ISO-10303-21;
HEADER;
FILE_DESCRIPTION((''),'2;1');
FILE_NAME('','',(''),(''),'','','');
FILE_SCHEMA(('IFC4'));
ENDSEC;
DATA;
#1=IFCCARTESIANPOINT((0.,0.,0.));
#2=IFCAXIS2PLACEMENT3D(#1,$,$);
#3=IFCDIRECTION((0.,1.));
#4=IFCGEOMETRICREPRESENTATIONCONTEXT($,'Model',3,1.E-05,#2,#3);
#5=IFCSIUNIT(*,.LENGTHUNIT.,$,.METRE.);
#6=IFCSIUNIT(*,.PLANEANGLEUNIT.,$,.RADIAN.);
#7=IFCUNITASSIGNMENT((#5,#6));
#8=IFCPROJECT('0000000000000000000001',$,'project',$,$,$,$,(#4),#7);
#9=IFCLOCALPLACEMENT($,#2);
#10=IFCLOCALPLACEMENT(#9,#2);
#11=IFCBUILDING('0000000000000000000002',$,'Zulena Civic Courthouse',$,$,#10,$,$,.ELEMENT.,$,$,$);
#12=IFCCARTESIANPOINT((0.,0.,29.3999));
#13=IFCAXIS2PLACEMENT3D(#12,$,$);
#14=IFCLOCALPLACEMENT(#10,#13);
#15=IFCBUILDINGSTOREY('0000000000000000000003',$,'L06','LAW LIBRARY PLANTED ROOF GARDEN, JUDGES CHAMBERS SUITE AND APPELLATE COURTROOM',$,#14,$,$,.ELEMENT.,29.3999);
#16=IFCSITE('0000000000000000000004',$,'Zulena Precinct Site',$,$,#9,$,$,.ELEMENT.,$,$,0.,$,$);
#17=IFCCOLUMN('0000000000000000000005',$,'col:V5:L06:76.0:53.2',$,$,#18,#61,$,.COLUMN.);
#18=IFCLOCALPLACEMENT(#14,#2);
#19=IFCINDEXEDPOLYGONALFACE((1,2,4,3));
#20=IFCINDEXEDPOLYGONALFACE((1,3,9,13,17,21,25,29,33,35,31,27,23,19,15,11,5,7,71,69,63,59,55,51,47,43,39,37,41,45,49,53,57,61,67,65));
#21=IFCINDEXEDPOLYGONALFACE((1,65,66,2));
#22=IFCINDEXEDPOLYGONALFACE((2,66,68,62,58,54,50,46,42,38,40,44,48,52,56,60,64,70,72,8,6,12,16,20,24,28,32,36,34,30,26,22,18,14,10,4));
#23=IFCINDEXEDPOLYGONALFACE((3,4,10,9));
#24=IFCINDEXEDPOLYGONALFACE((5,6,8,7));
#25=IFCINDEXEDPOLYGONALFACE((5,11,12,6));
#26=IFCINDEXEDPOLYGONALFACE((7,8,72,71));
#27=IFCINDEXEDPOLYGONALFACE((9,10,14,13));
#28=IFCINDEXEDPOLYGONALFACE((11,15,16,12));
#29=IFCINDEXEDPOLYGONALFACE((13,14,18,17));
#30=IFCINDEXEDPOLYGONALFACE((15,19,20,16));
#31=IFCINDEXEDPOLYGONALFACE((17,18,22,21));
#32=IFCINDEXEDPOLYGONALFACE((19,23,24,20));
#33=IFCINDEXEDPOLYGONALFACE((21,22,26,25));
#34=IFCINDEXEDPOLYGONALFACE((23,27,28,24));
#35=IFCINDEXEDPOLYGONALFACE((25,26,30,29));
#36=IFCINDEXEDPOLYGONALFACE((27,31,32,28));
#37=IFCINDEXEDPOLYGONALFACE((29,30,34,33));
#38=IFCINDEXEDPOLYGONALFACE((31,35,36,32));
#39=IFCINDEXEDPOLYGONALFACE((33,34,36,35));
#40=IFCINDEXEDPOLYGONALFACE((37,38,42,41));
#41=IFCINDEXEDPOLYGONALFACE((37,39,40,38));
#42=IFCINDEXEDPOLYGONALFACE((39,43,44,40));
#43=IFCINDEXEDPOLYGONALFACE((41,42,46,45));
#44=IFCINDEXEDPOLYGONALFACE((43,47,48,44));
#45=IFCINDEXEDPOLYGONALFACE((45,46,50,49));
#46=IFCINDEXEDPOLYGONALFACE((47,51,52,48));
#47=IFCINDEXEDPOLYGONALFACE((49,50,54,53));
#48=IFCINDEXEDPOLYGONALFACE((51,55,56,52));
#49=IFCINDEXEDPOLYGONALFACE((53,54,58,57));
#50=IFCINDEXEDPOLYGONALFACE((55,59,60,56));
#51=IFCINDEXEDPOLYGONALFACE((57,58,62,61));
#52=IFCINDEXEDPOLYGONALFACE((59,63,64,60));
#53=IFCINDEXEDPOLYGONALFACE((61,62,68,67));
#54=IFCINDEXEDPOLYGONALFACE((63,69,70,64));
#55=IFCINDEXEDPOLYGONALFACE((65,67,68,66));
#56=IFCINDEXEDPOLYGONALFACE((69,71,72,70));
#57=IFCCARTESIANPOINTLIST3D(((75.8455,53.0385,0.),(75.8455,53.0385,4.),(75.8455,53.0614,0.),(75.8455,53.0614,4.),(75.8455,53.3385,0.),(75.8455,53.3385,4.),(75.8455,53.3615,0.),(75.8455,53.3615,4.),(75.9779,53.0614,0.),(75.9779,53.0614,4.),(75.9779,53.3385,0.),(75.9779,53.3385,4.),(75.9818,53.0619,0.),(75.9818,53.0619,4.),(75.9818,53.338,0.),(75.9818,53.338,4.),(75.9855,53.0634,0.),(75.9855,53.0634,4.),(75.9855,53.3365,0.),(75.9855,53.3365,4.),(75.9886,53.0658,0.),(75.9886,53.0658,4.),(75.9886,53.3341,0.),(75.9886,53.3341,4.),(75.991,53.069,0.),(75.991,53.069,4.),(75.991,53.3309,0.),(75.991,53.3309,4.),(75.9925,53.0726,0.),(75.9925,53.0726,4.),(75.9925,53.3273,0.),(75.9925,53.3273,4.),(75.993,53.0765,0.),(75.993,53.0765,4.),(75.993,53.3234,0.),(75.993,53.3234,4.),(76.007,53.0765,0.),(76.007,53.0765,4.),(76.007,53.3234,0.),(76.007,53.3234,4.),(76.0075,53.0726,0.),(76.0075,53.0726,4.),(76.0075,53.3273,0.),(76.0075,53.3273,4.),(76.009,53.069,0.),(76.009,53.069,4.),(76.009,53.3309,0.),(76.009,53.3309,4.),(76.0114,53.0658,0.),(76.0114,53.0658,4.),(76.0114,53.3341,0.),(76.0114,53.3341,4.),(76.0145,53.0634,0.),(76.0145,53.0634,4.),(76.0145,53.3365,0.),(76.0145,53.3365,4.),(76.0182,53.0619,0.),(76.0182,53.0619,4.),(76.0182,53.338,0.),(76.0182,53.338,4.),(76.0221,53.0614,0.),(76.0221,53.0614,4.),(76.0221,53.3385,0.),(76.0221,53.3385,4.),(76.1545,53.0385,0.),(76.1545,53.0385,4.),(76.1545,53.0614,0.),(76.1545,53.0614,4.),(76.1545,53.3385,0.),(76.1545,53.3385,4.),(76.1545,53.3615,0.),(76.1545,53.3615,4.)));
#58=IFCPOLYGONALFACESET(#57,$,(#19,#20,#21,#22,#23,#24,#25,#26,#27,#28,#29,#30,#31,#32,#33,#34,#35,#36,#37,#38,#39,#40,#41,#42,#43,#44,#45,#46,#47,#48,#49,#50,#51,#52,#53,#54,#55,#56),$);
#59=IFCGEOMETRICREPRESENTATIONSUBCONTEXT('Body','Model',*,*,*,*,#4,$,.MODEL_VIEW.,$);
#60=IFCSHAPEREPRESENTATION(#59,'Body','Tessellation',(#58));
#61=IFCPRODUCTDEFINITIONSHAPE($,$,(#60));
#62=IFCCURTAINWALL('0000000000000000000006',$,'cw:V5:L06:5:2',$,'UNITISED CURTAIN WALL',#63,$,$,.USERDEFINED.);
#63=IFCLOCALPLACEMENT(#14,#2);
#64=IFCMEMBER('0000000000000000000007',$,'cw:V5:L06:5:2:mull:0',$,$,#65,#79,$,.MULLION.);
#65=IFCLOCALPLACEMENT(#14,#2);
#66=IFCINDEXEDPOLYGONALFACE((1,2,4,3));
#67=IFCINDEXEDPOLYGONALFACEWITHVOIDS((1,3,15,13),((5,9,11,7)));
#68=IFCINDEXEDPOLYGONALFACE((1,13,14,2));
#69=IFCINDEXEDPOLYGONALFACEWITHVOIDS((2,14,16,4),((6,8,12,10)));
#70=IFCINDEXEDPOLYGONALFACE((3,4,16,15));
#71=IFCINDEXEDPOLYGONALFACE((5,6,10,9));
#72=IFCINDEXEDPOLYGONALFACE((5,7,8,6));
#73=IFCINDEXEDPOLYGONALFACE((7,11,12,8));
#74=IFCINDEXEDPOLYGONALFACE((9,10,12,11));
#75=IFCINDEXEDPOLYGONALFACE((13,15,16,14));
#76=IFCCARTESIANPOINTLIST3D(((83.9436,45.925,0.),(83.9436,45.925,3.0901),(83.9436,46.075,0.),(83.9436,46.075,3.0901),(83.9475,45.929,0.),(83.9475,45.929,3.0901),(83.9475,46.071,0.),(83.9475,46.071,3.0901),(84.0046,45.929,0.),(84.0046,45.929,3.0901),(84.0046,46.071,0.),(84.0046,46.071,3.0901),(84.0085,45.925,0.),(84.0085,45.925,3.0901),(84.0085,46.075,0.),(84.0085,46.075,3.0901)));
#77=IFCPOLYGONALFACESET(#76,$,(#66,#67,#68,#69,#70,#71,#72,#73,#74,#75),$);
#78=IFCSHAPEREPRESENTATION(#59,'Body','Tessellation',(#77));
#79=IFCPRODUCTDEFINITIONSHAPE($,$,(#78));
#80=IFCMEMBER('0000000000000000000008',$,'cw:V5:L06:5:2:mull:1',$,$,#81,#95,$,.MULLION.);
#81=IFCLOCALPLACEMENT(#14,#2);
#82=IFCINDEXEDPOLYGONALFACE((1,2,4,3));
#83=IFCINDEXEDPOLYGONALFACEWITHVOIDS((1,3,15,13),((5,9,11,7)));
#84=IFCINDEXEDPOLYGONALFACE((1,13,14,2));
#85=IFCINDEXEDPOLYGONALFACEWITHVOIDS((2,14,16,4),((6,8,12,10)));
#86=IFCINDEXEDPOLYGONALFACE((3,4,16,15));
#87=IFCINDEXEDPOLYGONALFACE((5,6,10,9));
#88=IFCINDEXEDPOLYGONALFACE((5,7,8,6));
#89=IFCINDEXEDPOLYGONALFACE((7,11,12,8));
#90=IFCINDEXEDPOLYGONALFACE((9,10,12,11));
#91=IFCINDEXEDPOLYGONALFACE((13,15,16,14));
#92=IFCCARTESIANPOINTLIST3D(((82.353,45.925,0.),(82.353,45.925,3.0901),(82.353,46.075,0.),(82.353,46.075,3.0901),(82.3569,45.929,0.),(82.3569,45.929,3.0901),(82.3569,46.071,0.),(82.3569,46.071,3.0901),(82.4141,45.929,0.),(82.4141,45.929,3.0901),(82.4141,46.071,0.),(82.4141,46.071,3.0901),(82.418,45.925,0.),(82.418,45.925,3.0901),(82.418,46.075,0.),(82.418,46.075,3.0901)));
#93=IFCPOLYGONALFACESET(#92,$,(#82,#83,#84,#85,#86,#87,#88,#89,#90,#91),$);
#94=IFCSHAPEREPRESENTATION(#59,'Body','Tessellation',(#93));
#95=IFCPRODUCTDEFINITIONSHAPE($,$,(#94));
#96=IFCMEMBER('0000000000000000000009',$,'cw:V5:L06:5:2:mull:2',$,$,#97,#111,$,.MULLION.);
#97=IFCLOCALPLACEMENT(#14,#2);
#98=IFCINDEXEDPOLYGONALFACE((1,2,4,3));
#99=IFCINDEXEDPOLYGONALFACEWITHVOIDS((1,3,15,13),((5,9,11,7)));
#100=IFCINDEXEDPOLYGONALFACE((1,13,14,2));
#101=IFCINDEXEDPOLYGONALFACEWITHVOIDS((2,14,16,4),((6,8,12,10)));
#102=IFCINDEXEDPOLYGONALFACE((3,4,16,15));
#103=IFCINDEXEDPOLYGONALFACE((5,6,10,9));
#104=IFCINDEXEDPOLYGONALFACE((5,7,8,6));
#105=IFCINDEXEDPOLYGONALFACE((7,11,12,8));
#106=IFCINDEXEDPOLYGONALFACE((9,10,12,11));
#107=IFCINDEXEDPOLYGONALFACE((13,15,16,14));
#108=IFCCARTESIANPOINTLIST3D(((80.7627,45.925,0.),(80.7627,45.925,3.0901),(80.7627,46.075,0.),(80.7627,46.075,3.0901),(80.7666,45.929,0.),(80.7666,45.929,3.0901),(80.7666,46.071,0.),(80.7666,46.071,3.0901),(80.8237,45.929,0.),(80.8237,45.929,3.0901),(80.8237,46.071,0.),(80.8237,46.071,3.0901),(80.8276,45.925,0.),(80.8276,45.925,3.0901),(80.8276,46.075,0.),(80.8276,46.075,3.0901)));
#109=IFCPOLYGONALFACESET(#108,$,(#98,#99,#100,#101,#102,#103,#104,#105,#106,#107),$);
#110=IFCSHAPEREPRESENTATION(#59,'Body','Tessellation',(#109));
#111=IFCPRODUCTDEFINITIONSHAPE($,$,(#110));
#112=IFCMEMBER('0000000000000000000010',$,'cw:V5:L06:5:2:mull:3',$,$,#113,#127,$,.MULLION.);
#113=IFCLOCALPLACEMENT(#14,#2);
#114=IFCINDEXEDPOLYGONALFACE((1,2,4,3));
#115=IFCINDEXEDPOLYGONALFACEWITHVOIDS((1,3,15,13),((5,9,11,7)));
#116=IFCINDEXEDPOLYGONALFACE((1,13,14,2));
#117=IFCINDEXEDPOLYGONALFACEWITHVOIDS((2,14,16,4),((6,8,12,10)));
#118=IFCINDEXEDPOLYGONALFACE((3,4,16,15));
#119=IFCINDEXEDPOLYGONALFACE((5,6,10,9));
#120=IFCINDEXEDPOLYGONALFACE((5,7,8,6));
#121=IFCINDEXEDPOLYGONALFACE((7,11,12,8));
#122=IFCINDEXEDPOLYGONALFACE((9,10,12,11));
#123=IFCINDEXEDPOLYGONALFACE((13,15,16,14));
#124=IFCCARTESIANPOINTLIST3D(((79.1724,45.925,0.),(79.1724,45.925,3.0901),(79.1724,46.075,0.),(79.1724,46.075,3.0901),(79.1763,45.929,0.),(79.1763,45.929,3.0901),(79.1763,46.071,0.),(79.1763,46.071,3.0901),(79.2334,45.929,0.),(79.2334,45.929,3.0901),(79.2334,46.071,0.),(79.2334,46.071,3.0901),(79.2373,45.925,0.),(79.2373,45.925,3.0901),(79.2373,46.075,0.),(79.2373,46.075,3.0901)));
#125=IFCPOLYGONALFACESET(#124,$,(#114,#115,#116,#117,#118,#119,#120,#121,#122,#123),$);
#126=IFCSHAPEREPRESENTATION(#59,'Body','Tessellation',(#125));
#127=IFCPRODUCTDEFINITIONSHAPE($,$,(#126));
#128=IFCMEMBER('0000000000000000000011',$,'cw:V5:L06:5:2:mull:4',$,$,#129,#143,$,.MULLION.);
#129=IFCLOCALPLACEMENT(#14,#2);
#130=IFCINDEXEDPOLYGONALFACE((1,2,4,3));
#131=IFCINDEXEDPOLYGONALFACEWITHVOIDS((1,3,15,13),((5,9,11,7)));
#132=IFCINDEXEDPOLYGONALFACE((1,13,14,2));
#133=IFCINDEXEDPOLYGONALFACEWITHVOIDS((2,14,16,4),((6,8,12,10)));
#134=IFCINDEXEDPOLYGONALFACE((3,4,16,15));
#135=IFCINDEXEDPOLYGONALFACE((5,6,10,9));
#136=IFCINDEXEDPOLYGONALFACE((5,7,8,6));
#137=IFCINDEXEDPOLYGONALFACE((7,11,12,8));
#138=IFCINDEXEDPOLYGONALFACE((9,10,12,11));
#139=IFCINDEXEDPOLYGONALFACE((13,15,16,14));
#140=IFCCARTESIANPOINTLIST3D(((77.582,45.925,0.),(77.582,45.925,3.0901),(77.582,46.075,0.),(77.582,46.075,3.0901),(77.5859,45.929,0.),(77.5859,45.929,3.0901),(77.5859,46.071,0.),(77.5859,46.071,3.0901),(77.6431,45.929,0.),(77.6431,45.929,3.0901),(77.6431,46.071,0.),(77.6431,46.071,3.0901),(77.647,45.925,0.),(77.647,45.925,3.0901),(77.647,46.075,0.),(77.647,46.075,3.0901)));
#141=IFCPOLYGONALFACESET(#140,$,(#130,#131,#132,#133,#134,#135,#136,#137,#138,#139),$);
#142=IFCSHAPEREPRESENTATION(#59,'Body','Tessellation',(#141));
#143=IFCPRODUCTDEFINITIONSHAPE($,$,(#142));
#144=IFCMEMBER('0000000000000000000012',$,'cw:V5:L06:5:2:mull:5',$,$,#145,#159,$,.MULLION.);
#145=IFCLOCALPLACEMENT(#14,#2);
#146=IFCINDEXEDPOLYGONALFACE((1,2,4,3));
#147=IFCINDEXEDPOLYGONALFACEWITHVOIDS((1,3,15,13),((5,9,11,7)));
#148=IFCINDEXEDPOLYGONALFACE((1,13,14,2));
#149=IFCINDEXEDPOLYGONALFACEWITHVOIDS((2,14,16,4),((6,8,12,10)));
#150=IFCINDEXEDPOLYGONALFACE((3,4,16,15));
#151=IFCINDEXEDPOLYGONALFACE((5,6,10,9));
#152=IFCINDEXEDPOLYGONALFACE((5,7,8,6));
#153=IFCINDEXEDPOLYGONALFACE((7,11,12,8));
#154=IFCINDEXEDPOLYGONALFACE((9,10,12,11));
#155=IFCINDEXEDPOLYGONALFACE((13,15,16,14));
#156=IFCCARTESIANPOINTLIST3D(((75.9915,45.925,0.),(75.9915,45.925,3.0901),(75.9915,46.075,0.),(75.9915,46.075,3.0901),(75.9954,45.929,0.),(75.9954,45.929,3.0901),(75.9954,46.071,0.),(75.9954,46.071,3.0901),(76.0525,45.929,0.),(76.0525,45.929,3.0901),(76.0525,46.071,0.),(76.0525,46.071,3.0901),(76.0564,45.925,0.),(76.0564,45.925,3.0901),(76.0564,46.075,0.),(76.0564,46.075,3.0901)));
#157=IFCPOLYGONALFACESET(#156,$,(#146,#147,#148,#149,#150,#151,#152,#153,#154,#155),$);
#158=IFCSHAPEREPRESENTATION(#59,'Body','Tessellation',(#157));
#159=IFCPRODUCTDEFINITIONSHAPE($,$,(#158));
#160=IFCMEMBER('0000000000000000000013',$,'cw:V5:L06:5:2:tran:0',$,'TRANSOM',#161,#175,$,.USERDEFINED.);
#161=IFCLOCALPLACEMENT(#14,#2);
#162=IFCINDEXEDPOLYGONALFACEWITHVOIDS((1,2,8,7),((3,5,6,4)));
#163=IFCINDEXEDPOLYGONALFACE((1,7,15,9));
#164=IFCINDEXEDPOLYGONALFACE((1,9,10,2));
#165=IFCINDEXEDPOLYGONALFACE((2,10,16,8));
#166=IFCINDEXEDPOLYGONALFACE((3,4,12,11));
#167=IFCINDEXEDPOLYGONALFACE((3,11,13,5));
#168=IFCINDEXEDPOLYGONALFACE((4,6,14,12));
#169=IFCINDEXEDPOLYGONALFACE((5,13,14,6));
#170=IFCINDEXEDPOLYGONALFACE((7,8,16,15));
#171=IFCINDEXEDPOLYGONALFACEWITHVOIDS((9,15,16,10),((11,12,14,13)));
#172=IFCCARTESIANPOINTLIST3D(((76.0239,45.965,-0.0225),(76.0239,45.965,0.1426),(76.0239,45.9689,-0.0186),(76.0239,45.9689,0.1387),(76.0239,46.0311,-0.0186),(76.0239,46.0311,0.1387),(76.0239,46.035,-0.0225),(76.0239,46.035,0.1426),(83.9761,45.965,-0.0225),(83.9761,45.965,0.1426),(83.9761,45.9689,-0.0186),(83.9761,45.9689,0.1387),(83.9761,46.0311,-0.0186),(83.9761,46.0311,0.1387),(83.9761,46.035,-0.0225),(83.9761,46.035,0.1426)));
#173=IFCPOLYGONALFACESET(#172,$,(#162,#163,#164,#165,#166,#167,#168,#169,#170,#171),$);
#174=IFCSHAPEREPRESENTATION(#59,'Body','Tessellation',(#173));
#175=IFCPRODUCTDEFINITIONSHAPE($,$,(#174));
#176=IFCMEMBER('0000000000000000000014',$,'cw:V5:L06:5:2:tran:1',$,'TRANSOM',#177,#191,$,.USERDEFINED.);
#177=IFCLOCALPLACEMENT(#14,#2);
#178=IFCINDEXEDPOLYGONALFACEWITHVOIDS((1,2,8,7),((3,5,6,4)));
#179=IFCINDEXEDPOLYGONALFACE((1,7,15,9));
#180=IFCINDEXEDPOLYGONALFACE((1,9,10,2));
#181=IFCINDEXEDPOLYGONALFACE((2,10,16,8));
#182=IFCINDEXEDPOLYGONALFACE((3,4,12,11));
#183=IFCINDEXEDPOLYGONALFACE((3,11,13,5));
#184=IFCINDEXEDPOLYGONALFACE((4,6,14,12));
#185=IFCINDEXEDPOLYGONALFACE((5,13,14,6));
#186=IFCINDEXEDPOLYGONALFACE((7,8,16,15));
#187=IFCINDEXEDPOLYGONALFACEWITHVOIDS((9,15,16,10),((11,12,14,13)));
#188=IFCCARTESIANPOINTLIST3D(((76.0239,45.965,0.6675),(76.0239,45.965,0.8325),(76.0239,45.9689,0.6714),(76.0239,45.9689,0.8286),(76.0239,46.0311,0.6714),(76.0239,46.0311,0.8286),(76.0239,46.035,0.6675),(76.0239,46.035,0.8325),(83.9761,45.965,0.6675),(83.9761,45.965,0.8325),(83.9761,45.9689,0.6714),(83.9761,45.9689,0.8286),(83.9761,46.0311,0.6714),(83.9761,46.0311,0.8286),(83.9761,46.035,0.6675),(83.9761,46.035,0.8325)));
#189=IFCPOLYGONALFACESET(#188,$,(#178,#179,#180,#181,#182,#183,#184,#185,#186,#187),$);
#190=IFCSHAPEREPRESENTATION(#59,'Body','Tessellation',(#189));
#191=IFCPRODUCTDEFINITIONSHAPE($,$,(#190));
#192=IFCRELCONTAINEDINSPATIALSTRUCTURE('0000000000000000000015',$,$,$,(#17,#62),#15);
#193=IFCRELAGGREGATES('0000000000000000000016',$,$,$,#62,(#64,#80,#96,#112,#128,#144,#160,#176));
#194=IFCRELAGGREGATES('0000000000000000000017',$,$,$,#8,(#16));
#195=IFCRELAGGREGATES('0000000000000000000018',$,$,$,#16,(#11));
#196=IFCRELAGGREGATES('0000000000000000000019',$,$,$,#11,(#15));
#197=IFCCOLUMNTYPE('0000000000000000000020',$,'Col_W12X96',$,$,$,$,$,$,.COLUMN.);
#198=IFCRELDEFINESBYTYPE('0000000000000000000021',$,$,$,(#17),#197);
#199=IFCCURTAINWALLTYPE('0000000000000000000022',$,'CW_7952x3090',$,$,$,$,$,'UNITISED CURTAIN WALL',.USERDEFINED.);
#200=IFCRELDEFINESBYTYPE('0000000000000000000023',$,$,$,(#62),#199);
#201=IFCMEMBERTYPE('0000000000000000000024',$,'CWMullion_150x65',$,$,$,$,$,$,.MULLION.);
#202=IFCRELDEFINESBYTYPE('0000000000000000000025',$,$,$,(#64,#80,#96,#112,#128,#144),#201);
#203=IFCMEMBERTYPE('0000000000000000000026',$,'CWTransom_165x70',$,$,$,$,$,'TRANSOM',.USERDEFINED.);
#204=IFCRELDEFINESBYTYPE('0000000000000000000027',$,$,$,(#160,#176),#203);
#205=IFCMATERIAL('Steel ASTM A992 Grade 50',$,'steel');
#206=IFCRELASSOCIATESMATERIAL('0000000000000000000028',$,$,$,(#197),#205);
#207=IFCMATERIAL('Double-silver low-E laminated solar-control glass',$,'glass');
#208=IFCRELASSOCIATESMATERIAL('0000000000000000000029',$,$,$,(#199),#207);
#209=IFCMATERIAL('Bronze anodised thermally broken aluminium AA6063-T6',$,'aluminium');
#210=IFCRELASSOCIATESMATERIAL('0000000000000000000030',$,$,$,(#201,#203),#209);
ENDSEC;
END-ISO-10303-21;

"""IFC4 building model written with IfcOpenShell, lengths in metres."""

from ifc_helpers import new_model, si_unit, direction, frame, origin, origin_2d, place, context, subcontext, project, spatial, hollow_rectangle, i_section, extrude, material, material_profile, profile_set, type_object, element, aggregate, save


model = new_model("IFC4")

# Units and contexts
model_context = context("Model", 3, precision=1e-05, world=origin(), true_north=direction((0.0, 1.0)))
body_context = subcontext(model_context, "Body", "Model", "MODEL_VIEW")
ifc_project = project(units=[si_unit("LENGTHUNIT", "METRE"), si_unit("PLANEANGLEUNIT", "RADIAN")], contexts=[model_context])

# Site, building, storey
site_placement = place(None, origin())
site = spatial("IfcSite", under=ifc_project, at=site_placement, Name="Zulena Precinct Site", CompositionType="ELEMENT", RefElevation=0.0)
building_placement = place(site_placement, origin())
building = spatial("IfcBuilding", under=site, at=building_placement, Name="Zulena Civic Courthouse", CompositionType="ELEMENT")
storey_placement = place(building_placement, frame((0.0, 0.0, 29.3999)))
storey = spatial("IfcBuildingStorey", under=building, at=storey_placement, Name="L06", Description="LAW LIBRARY PLANTED ROOF GARDEN, JUDGES CHAMBERS SUITE AND APPELLATE COURTROOM", CompositionType="ELEMENT", Elevation=29.3999)

# Column
ifc_material_1 = material(Name="Steel ASTM A992 Grade 50", Category="steel")
ifc_material_profile_1 = material_profile(ifc_material_1, i_section(OverallWidth=0.3091, OverallDepth=0.323, WebThickness=0.0139, FlangeThickness=0.0229, FilletRadius=0.0151, at=origin_2d()), Name="W12X96")
ifc_profile_set_1 = profile_set([ifc_material_profile_1], Name="Steel ASTM A992 Grade 50")
column_type = type_object("IfcColumnType", Name="Col_W12X96", PredefinedType="COLUMN", material=ifc_profile_set_1)
column_placement = place(storey_placement, frame((76.0, 53.2, 0.0), z_axis=(0.0, 0.0, 1.0), x_axis=(1.0, 0.0, 0.0)))
element("IfcColumn", 1, at=column_placement, inside=storey, type_object=column_type, Name="col:V5:L06:76.0:53.2", PredefinedType="COLUMN", context=body_context, shape_type="SweptSolid", body=[
    extrude(i_section(OverallWidth=0.3091, OverallDepth=0.323, WebThickness=0.0139, FlangeThickness=0.0229, FilletRadius=0.0151, at=origin_2d()), origin(), (0.0, 0.0, 1.0), 4.0),
])

# Curtain wall, members
ifc_material_2 = material(Name="Double-silver low-E laminated solar-control glass", Category="glass")
curtain_wall_type = type_object("IfcCurtainWallType", Name="CW_7952x3090", ElementType="UNITISED CURTAIN WALL", PredefinedType="USERDEFINED", material=ifc_material_2)
curtain_wall_placement = place(storey_placement, origin())
curtain_wall = element("IfcCurtainWall", 2, at=curtain_wall_placement, inside=storey, type_object=curtain_wall_type, Name="cw:V5:L06:5:2", ObjectType="UNITISED CURTAIN WALL", PredefinedType="USERDEFINED")
ifc_material_3 = material(Name="Bronze anodised thermally broken aluminium AA6063-T6", Category="aluminium")
ifc_material_profile_2 = material_profile(ifc_material_3, hollow_rectangle(XDim=0.0649, YDim=0.1499, WallThickness=0.0039, at=origin_2d()), Name="CWM150X65X4")
ifc_profile_set_2 = profile_set([ifc_material_profile_2], Name="Bronze anodised thermally broken aluminium AA6063-T6")
member_type_1 = type_object("IfcMemberType", Name="CWMullion_150x65", PredefinedType="MULLION", material=ifc_profile_set_2)
member_1_placement = place(storey_placement, frame((83.9761, 46.0, 0.0), z_axis=(0.0, 0.0, 1.0), x_axis=(1.0, 0.0, 0.0)))
member_1 = element("IfcMember", 3, at=member_1_placement, type_object=member_type_1, Name="cw:V5:L06:5:2:mull:0", PredefinedType="MULLION", context=body_context, shape_type="SweptSolid", body=[
    extrude(hollow_rectangle(XDim=0.0649, YDim=0.1499, WallThickness=0.0039, at=origin_2d()), origin(), (0.0, 0.0, 1.0), 3.0901),
])
member_2_placement = place(storey_placement, frame((82.3855, 46.0, 0.0), z_axis=(0.0, 0.0, 1.0), x_axis=(1.0, 0.0, 0.0)))
member_2 = element("IfcMember", 4, at=member_2_placement, type_object=member_type_1, Name="cw:V5:L06:5:2:mull:1", PredefinedType="MULLION", context=body_context, shape_type="SweptSolid", body=[
    extrude(hollow_rectangle(XDim=0.0649, YDim=0.1499, WallThickness=0.0039, at=origin_2d()), origin(), (0.0, 0.0, 1.0), 3.0901),
])
member_3_placement = place(storey_placement, frame((80.7952, 46.0, 0.0), z_axis=(0.0, 0.0, 1.0), x_axis=(1.0, 0.0, 0.0)))
member_3 = element("IfcMember", 5, at=member_3_placement, type_object=member_type_1, Name="cw:V5:L06:5:2:mull:2", PredefinedType="MULLION", context=body_context, shape_type="SweptSolid", body=[
    extrude(hollow_rectangle(XDim=0.0649, YDim=0.1499, WallThickness=0.0039, at=origin_2d()), origin(), (0.0, 0.0, 1.0), 3.0901),
])
member_4_placement = place(storey_placement, frame((79.2048, 46.0, 0.0), z_axis=(0.0, 0.0, 1.0), x_axis=(1.0, 0.0, 0.0)))
member_4 = element("IfcMember", 6, at=member_4_placement, type_object=member_type_1, Name="cw:V5:L06:5:2:mull:3", PredefinedType="MULLION", context=body_context, shape_type="SweptSolid", body=[
    extrude(hollow_rectangle(XDim=0.0649, YDim=0.1499, WallThickness=0.0039, at=origin_2d()), origin(), (0.0, 0.0, 1.0), 3.0901),
])
member_5_placement = place(storey_placement, frame((77.6145, 46.0, 0.0), z_axis=(0.0, 0.0, 1.0), x_axis=(1.0, 0.0, 0.0)))
member_5 = element("IfcMember", 7, at=member_5_placement, type_object=member_type_1, Name="cw:V5:L06:5:2:mull:4", PredefinedType="MULLION", context=body_context, shape_type="SweptSolid", body=[
    extrude(hollow_rectangle(XDim=0.0649, YDim=0.1499, WallThickness=0.0039, at=origin_2d()), origin(), (0.0, 0.0, 1.0), 3.0901),
])
member_6_placement = place(storey_placement, frame((76.0239, 46.0, 0.0), z_axis=(0.0, 0.0, 1.0), x_axis=(1.0, 0.0, 0.0)))
member_6 = element("IfcMember", 8, at=member_6_placement, type_object=member_type_1, Name="cw:V5:L06:5:2:mull:5", PredefinedType="MULLION", context=body_context, shape_type="SweptSolid", body=[
    extrude(hollow_rectangle(XDim=0.0649, YDim=0.1499, WallThickness=0.0039, at=origin_2d()), origin(), (0.0, 0.0, 1.0), 3.0901),
])
ifc_material_profile_3 = material_profile(ifc_material_3, hollow_rectangle(XDim=0.0701, YDim=0.165, WallThickness=0.0039, at=origin_2d()), Name="CWT165X70X4")
ifc_profile_set_3 = profile_set([ifc_material_profile_3], Name="Bronze anodised thermally broken aluminium AA6063-T6")
member_type_2 = type_object("IfcMemberType", Name="CWTransom_165x70", ElementType="TRANSOM", PredefinedType="USERDEFINED", material=ifc_profile_set_3)
member_7_placement = place(storey_placement, frame((83.9761, 46.0, 0.0601), z_axis=(-1.0, 0.0, 0.0), x_axis=(0.0, -1.0, 0.0)))
member_7 = element("IfcMember", 9, at=member_7_placement, type_object=member_type_2, Name="cw:V5:L06:5:2:tran:0", ObjectType="TRANSOM", PredefinedType="USERDEFINED", context=body_context, shape_type="SweptSolid", body=[
    extrude(hollow_rectangle(XDim=0.0701, YDim=0.165, WallThickness=0.0039, at=origin_2d()), origin(), (0.0, 0.0, 1.0), 7.9521),
])
member_8_placement = place(storey_placement, frame((83.9761, 46.0, 0.75), z_axis=(-1.0, 0.0, 0.0), x_axis=(0.0, -1.0, 0.0)))
member_8 = element("IfcMember", 10, at=member_8_placement, type_object=member_type_2, Name="cw:V5:L06:5:2:tran:1", ObjectType="TRANSOM", PredefinedType="USERDEFINED", context=body_context, shape_type="SweptSolid", body=[
    extrude(hollow_rectangle(XDim=0.0701, YDim=0.165, WallThickness=0.0039, at=origin_2d()), origin(), (0.0, 0.0, 1.0), 7.9521),
])

aggregate(curtain_wall, [member_1, member_2, member_3, member_4, member_5, member_6, member_7, member_8])

save(model, "model.ifc")
